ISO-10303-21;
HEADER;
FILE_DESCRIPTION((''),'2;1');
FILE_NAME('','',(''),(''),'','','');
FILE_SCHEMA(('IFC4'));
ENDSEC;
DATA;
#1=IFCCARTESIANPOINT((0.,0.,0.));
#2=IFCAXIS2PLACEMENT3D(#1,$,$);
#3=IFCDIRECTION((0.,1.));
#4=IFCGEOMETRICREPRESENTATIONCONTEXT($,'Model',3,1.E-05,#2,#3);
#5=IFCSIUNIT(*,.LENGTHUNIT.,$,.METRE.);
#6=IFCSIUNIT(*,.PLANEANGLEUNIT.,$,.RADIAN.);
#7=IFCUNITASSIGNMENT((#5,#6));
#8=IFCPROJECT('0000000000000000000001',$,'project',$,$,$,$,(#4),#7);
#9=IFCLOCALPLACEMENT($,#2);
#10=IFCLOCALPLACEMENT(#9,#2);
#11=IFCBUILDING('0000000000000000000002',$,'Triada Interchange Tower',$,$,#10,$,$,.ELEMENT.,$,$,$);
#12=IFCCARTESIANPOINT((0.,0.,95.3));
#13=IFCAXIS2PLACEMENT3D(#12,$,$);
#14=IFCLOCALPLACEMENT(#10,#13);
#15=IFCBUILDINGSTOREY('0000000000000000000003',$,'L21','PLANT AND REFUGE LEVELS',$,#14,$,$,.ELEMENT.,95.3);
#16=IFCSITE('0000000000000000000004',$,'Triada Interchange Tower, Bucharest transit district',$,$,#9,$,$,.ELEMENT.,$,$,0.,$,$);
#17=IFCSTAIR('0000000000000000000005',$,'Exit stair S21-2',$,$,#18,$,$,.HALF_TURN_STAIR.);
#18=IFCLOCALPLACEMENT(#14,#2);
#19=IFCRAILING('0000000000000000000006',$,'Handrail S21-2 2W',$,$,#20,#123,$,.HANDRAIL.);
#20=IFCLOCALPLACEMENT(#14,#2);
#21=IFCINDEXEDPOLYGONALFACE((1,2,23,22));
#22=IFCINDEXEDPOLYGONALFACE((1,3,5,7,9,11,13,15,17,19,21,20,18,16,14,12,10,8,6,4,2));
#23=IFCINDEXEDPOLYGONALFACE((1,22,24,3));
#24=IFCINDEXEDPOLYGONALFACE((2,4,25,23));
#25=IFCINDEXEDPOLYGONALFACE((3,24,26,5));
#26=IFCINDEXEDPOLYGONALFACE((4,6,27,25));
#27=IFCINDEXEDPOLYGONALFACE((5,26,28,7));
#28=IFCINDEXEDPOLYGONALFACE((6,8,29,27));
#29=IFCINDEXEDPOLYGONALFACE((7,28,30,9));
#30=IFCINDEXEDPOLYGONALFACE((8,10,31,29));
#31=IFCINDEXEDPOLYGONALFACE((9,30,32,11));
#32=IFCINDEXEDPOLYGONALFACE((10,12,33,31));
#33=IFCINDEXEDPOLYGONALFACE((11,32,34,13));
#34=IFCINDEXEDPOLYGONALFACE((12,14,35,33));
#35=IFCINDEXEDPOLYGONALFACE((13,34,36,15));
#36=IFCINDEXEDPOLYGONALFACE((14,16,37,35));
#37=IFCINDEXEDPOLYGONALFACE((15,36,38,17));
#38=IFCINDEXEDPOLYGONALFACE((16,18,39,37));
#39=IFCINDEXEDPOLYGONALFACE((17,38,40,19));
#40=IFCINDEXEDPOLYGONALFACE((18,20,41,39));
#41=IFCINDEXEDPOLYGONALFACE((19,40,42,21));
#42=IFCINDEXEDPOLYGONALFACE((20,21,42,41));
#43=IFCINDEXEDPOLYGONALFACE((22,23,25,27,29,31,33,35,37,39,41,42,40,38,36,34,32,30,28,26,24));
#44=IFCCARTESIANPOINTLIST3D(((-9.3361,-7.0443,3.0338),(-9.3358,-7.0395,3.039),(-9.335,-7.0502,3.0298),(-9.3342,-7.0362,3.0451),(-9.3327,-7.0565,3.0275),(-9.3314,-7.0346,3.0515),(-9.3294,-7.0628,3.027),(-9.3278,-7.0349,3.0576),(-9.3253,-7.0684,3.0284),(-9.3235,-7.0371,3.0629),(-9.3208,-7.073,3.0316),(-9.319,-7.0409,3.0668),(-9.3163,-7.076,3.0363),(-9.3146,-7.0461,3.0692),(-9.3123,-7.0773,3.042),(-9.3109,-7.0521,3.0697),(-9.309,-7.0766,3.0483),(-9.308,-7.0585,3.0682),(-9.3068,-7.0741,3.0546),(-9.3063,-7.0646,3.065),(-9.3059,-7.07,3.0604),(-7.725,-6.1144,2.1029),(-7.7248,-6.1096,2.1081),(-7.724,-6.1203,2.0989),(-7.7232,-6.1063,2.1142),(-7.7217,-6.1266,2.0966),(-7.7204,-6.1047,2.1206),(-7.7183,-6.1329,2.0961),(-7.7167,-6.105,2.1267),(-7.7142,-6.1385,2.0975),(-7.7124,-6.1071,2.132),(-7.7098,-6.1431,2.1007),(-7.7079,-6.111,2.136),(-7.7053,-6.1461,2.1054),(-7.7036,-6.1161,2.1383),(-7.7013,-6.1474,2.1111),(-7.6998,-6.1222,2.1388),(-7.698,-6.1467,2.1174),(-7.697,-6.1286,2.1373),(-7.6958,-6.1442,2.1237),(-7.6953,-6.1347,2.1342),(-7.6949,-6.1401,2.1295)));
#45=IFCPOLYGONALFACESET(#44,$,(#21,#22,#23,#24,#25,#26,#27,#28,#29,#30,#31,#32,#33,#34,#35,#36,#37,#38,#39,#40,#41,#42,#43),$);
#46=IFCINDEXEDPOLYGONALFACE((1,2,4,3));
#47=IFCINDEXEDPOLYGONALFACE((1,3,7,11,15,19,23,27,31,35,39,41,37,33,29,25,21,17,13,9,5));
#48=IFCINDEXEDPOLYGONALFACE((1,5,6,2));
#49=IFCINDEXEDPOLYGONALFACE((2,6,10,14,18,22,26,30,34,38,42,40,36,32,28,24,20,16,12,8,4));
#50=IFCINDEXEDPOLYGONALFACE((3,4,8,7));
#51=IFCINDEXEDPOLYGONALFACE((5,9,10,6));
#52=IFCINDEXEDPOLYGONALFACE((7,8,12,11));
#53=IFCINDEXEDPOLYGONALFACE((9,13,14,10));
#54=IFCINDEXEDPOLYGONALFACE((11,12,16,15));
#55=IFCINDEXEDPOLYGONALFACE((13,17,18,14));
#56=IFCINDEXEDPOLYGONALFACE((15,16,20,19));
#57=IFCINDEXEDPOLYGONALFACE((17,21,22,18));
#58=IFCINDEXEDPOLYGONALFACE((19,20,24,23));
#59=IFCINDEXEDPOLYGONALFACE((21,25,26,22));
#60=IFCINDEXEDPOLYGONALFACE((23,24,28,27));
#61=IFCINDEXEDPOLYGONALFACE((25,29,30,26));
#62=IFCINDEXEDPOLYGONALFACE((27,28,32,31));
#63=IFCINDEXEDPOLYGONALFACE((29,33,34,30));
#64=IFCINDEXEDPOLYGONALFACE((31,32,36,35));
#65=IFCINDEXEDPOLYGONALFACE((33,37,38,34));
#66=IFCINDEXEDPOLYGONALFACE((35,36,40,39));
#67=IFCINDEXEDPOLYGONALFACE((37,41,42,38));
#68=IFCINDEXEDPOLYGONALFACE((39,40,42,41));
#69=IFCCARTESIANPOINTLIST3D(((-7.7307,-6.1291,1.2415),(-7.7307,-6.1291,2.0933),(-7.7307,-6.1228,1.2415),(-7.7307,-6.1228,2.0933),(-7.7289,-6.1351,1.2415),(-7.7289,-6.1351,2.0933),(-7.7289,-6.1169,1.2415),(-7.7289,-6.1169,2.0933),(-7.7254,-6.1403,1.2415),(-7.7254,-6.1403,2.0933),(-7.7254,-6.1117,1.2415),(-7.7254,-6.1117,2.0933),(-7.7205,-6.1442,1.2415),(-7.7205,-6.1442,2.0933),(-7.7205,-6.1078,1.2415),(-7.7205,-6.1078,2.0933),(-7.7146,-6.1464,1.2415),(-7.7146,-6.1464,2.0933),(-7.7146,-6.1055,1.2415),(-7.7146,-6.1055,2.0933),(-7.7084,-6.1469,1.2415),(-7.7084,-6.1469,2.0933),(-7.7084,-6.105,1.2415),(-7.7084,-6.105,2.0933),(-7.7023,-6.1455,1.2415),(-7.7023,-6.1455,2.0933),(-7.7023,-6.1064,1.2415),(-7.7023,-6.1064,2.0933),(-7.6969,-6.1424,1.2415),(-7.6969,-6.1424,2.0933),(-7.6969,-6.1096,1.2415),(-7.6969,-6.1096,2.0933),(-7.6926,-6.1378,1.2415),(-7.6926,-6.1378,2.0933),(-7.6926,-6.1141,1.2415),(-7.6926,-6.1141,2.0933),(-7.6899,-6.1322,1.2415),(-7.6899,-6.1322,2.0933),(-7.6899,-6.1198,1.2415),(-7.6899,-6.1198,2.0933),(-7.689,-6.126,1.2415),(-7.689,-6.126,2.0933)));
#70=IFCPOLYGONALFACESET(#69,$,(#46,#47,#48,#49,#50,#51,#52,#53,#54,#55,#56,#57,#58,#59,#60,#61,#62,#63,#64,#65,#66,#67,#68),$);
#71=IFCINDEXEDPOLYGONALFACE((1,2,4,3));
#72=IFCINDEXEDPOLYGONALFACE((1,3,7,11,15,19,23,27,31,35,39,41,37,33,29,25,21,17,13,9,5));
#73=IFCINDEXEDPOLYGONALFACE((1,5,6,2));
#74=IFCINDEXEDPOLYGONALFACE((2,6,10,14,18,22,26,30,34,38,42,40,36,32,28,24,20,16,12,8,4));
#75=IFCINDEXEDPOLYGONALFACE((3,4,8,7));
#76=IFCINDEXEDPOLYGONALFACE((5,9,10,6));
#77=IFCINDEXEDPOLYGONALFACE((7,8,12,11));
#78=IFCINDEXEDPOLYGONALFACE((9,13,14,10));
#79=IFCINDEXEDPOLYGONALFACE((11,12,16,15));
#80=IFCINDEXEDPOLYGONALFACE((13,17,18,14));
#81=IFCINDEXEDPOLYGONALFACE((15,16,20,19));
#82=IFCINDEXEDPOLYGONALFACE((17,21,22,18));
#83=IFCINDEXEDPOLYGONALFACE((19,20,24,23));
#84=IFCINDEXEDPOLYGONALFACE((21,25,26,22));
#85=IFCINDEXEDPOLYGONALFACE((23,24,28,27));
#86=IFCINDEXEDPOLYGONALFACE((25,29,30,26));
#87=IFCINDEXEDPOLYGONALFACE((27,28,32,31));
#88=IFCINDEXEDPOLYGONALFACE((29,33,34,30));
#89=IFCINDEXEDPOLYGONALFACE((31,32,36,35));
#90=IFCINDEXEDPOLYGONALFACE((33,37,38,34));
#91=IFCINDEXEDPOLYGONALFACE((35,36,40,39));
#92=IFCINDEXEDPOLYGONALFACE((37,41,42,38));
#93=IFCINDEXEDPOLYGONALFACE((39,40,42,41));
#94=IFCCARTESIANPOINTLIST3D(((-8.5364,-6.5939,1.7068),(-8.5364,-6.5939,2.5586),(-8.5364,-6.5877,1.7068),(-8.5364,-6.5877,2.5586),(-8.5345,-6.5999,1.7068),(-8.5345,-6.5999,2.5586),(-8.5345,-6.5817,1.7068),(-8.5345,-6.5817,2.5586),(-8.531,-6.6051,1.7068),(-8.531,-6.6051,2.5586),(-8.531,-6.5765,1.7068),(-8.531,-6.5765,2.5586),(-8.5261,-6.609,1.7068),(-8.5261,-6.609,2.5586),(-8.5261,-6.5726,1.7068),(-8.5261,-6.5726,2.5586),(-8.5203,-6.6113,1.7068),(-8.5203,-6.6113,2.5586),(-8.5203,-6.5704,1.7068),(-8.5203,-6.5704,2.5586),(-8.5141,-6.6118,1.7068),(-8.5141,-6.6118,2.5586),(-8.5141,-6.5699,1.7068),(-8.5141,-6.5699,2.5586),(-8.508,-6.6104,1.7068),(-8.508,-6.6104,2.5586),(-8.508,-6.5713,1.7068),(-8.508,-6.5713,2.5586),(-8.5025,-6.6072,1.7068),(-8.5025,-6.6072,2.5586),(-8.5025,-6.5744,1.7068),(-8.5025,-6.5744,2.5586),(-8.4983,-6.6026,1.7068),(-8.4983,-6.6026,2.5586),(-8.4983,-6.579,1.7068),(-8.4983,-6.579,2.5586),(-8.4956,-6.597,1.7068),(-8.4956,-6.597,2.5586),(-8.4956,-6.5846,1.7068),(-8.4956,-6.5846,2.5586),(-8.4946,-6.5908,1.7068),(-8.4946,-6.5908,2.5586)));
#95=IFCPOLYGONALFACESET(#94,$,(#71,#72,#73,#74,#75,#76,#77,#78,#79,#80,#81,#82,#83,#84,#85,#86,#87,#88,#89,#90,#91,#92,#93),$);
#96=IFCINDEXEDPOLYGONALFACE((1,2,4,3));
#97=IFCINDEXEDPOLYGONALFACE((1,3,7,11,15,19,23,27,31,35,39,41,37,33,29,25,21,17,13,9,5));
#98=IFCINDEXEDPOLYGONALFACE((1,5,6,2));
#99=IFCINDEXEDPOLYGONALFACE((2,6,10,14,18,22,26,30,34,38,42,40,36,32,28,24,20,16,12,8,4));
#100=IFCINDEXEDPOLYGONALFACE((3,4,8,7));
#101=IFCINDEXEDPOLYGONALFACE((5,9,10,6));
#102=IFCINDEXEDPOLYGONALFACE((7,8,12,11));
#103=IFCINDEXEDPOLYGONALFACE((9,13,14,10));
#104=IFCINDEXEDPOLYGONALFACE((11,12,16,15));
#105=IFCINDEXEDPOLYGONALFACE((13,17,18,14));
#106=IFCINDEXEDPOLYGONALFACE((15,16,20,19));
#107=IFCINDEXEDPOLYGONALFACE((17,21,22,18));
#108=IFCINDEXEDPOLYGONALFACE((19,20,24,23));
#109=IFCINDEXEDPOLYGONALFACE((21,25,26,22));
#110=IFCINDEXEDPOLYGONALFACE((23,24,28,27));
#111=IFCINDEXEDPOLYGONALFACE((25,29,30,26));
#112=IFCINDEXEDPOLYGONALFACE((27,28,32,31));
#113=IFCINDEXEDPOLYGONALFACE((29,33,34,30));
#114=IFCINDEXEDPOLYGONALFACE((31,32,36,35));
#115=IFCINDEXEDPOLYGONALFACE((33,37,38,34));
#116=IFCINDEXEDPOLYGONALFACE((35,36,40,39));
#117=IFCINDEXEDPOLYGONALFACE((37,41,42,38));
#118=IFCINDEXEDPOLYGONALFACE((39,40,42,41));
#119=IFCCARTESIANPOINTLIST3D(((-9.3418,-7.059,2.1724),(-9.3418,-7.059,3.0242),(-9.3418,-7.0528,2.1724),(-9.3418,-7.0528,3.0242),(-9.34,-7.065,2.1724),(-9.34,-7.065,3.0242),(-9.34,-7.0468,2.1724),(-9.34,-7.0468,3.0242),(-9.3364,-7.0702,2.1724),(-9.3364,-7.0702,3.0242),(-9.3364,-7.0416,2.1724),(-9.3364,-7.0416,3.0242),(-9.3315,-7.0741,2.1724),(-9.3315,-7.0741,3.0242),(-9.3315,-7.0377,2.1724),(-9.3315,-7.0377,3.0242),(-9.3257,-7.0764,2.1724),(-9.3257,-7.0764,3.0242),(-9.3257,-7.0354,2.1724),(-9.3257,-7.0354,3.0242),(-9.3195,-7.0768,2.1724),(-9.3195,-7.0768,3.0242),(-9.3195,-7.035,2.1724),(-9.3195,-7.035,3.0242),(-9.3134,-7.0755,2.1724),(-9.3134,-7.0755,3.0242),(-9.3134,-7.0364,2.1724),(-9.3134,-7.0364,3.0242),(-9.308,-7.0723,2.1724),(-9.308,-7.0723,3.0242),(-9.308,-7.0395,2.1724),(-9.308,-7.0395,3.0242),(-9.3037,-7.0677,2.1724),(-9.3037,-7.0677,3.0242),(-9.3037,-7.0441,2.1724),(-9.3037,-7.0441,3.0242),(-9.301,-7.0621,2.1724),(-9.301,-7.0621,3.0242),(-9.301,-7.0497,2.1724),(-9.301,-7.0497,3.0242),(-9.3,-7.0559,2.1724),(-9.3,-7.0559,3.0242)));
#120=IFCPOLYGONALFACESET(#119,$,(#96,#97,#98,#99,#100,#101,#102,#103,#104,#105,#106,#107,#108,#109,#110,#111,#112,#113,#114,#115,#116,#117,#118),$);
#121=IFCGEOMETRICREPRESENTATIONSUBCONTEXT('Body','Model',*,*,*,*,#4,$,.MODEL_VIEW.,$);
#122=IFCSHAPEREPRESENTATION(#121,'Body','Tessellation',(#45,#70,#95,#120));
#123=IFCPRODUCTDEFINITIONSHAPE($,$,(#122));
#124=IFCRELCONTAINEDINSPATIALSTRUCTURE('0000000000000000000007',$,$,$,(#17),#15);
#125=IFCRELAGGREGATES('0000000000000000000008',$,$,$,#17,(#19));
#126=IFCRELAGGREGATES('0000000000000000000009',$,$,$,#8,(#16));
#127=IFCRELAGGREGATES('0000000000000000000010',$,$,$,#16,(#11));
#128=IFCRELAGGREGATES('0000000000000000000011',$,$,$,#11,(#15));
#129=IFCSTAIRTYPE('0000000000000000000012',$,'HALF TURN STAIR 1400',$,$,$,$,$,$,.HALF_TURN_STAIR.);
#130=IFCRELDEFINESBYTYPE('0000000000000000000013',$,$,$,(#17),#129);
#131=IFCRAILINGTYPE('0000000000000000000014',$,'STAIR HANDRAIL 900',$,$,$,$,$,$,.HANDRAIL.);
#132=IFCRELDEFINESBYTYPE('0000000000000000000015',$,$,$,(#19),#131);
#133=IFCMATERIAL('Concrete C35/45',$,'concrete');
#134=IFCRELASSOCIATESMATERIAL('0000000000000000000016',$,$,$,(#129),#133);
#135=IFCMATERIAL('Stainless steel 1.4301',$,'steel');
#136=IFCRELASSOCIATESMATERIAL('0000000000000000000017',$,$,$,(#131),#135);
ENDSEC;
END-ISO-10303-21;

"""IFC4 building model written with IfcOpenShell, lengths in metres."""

from ifc_helpers import new_model, si_unit, direction, frame, origin, origin_2d, place, context, subcontext, project, spatial, circle, extrude, material, type_object, element, aggregate, save


model = new_model("IFC4")

# Units and contexts
model_context = context("Model", 3, precision=1e-05, world=origin(), true_north=direction((0.0, 1.0)))
body_context = subcontext(model_context, "Body", "Model", "MODEL_VIEW")
ifc_project = project(units=[si_unit("LENGTHUNIT", "METRE"), si_unit("PLANEANGLEUNIT", "RADIAN")], contexts=[model_context])

# Site, building, storey
site_placement = place(None, origin())
site = spatial("IfcSite", under=ifc_project, at=site_placement, Name="Triada Interchange Tower, Bucharest transit district", CompositionType="ELEMENT", RefElevation=0.0)
building_placement = place(site_placement, origin())
building = spatial("IfcBuilding", under=site, at=building_placement, Name="Triada Interchange Tower", CompositionType="ELEMENT")
storey_placement = place(building_placement, frame((0.0, 0.0, 95.3)))
storey = spatial("IfcBuildingStorey", under=building, at=storey_placement, Name="L21", Description="PLANT AND REFUGE LEVELS", CompositionType="ELEMENT", Elevation=95.3)

# Shared definitions
ifc_material_1 = material(Name="Concrete C35/45", Category="concrete")

# Stair, railing
stair_type = type_object("IfcStairType", Name="HALF TURN STAIR 1400", PredefinedType="HALF_TURN_STAIR", material=ifc_material_1)
stair_placement = place(storey_placement, origin())
stair = element("IfcStair", 1, at=stair_placement, inside=storey, type_object=stair_type, Name="Exit stair S21-2", PredefinedType="HALF_TURN_STAIR")
ifc_material_2 = material(Name="Stainless steel 1.4301", Category="steel")
railing_type_1 = type_object("IfcRailingType", Name="STAIR HANDRAIL 900", PredefinedType="HANDRAIL", material=ifc_material_2)
railing_1_placement = place(storey_placement, frame((-7.71, -6.126, 1.2415)))
railing_1 = element("IfcRailing", 2, at=railing_1_placement, type_object=railing_type_1, Name="Handrail S21-2 2W", PredefinedType="HANDRAIL", context=body_context, shape_type="SweptSolid", body=[
    extrude(circle(Radius=0.0239, at=origin_2d()), frame((0.0, 0.0, 0.876), z_axis=(-0.77451, -0.447054, 0.447523), x_axis=(0.499908, -0.866079, 0.0)), (0.0, 0.0, 1.0), 2.0801),
    extrude(circle(Radius=0.021, at=origin_2d()), origin(), (0.0, 0.0, 1.0), 0.8518),
    extrude(circle(Radius=0.021, at=origin_2d()), frame((-0.8057, -0.4648, 0.4653)), (0.0, 0.0, 1.0), 0.8518),
    extrude(circle(Radius=0.021, at=origin_2d()), frame((-1.6111, -0.9299, 0.9309)), (0.0, 0.0, 1.0), 0.8518),
])
aggregate(stair, [railing_1])

save(model, "model.ifc")
